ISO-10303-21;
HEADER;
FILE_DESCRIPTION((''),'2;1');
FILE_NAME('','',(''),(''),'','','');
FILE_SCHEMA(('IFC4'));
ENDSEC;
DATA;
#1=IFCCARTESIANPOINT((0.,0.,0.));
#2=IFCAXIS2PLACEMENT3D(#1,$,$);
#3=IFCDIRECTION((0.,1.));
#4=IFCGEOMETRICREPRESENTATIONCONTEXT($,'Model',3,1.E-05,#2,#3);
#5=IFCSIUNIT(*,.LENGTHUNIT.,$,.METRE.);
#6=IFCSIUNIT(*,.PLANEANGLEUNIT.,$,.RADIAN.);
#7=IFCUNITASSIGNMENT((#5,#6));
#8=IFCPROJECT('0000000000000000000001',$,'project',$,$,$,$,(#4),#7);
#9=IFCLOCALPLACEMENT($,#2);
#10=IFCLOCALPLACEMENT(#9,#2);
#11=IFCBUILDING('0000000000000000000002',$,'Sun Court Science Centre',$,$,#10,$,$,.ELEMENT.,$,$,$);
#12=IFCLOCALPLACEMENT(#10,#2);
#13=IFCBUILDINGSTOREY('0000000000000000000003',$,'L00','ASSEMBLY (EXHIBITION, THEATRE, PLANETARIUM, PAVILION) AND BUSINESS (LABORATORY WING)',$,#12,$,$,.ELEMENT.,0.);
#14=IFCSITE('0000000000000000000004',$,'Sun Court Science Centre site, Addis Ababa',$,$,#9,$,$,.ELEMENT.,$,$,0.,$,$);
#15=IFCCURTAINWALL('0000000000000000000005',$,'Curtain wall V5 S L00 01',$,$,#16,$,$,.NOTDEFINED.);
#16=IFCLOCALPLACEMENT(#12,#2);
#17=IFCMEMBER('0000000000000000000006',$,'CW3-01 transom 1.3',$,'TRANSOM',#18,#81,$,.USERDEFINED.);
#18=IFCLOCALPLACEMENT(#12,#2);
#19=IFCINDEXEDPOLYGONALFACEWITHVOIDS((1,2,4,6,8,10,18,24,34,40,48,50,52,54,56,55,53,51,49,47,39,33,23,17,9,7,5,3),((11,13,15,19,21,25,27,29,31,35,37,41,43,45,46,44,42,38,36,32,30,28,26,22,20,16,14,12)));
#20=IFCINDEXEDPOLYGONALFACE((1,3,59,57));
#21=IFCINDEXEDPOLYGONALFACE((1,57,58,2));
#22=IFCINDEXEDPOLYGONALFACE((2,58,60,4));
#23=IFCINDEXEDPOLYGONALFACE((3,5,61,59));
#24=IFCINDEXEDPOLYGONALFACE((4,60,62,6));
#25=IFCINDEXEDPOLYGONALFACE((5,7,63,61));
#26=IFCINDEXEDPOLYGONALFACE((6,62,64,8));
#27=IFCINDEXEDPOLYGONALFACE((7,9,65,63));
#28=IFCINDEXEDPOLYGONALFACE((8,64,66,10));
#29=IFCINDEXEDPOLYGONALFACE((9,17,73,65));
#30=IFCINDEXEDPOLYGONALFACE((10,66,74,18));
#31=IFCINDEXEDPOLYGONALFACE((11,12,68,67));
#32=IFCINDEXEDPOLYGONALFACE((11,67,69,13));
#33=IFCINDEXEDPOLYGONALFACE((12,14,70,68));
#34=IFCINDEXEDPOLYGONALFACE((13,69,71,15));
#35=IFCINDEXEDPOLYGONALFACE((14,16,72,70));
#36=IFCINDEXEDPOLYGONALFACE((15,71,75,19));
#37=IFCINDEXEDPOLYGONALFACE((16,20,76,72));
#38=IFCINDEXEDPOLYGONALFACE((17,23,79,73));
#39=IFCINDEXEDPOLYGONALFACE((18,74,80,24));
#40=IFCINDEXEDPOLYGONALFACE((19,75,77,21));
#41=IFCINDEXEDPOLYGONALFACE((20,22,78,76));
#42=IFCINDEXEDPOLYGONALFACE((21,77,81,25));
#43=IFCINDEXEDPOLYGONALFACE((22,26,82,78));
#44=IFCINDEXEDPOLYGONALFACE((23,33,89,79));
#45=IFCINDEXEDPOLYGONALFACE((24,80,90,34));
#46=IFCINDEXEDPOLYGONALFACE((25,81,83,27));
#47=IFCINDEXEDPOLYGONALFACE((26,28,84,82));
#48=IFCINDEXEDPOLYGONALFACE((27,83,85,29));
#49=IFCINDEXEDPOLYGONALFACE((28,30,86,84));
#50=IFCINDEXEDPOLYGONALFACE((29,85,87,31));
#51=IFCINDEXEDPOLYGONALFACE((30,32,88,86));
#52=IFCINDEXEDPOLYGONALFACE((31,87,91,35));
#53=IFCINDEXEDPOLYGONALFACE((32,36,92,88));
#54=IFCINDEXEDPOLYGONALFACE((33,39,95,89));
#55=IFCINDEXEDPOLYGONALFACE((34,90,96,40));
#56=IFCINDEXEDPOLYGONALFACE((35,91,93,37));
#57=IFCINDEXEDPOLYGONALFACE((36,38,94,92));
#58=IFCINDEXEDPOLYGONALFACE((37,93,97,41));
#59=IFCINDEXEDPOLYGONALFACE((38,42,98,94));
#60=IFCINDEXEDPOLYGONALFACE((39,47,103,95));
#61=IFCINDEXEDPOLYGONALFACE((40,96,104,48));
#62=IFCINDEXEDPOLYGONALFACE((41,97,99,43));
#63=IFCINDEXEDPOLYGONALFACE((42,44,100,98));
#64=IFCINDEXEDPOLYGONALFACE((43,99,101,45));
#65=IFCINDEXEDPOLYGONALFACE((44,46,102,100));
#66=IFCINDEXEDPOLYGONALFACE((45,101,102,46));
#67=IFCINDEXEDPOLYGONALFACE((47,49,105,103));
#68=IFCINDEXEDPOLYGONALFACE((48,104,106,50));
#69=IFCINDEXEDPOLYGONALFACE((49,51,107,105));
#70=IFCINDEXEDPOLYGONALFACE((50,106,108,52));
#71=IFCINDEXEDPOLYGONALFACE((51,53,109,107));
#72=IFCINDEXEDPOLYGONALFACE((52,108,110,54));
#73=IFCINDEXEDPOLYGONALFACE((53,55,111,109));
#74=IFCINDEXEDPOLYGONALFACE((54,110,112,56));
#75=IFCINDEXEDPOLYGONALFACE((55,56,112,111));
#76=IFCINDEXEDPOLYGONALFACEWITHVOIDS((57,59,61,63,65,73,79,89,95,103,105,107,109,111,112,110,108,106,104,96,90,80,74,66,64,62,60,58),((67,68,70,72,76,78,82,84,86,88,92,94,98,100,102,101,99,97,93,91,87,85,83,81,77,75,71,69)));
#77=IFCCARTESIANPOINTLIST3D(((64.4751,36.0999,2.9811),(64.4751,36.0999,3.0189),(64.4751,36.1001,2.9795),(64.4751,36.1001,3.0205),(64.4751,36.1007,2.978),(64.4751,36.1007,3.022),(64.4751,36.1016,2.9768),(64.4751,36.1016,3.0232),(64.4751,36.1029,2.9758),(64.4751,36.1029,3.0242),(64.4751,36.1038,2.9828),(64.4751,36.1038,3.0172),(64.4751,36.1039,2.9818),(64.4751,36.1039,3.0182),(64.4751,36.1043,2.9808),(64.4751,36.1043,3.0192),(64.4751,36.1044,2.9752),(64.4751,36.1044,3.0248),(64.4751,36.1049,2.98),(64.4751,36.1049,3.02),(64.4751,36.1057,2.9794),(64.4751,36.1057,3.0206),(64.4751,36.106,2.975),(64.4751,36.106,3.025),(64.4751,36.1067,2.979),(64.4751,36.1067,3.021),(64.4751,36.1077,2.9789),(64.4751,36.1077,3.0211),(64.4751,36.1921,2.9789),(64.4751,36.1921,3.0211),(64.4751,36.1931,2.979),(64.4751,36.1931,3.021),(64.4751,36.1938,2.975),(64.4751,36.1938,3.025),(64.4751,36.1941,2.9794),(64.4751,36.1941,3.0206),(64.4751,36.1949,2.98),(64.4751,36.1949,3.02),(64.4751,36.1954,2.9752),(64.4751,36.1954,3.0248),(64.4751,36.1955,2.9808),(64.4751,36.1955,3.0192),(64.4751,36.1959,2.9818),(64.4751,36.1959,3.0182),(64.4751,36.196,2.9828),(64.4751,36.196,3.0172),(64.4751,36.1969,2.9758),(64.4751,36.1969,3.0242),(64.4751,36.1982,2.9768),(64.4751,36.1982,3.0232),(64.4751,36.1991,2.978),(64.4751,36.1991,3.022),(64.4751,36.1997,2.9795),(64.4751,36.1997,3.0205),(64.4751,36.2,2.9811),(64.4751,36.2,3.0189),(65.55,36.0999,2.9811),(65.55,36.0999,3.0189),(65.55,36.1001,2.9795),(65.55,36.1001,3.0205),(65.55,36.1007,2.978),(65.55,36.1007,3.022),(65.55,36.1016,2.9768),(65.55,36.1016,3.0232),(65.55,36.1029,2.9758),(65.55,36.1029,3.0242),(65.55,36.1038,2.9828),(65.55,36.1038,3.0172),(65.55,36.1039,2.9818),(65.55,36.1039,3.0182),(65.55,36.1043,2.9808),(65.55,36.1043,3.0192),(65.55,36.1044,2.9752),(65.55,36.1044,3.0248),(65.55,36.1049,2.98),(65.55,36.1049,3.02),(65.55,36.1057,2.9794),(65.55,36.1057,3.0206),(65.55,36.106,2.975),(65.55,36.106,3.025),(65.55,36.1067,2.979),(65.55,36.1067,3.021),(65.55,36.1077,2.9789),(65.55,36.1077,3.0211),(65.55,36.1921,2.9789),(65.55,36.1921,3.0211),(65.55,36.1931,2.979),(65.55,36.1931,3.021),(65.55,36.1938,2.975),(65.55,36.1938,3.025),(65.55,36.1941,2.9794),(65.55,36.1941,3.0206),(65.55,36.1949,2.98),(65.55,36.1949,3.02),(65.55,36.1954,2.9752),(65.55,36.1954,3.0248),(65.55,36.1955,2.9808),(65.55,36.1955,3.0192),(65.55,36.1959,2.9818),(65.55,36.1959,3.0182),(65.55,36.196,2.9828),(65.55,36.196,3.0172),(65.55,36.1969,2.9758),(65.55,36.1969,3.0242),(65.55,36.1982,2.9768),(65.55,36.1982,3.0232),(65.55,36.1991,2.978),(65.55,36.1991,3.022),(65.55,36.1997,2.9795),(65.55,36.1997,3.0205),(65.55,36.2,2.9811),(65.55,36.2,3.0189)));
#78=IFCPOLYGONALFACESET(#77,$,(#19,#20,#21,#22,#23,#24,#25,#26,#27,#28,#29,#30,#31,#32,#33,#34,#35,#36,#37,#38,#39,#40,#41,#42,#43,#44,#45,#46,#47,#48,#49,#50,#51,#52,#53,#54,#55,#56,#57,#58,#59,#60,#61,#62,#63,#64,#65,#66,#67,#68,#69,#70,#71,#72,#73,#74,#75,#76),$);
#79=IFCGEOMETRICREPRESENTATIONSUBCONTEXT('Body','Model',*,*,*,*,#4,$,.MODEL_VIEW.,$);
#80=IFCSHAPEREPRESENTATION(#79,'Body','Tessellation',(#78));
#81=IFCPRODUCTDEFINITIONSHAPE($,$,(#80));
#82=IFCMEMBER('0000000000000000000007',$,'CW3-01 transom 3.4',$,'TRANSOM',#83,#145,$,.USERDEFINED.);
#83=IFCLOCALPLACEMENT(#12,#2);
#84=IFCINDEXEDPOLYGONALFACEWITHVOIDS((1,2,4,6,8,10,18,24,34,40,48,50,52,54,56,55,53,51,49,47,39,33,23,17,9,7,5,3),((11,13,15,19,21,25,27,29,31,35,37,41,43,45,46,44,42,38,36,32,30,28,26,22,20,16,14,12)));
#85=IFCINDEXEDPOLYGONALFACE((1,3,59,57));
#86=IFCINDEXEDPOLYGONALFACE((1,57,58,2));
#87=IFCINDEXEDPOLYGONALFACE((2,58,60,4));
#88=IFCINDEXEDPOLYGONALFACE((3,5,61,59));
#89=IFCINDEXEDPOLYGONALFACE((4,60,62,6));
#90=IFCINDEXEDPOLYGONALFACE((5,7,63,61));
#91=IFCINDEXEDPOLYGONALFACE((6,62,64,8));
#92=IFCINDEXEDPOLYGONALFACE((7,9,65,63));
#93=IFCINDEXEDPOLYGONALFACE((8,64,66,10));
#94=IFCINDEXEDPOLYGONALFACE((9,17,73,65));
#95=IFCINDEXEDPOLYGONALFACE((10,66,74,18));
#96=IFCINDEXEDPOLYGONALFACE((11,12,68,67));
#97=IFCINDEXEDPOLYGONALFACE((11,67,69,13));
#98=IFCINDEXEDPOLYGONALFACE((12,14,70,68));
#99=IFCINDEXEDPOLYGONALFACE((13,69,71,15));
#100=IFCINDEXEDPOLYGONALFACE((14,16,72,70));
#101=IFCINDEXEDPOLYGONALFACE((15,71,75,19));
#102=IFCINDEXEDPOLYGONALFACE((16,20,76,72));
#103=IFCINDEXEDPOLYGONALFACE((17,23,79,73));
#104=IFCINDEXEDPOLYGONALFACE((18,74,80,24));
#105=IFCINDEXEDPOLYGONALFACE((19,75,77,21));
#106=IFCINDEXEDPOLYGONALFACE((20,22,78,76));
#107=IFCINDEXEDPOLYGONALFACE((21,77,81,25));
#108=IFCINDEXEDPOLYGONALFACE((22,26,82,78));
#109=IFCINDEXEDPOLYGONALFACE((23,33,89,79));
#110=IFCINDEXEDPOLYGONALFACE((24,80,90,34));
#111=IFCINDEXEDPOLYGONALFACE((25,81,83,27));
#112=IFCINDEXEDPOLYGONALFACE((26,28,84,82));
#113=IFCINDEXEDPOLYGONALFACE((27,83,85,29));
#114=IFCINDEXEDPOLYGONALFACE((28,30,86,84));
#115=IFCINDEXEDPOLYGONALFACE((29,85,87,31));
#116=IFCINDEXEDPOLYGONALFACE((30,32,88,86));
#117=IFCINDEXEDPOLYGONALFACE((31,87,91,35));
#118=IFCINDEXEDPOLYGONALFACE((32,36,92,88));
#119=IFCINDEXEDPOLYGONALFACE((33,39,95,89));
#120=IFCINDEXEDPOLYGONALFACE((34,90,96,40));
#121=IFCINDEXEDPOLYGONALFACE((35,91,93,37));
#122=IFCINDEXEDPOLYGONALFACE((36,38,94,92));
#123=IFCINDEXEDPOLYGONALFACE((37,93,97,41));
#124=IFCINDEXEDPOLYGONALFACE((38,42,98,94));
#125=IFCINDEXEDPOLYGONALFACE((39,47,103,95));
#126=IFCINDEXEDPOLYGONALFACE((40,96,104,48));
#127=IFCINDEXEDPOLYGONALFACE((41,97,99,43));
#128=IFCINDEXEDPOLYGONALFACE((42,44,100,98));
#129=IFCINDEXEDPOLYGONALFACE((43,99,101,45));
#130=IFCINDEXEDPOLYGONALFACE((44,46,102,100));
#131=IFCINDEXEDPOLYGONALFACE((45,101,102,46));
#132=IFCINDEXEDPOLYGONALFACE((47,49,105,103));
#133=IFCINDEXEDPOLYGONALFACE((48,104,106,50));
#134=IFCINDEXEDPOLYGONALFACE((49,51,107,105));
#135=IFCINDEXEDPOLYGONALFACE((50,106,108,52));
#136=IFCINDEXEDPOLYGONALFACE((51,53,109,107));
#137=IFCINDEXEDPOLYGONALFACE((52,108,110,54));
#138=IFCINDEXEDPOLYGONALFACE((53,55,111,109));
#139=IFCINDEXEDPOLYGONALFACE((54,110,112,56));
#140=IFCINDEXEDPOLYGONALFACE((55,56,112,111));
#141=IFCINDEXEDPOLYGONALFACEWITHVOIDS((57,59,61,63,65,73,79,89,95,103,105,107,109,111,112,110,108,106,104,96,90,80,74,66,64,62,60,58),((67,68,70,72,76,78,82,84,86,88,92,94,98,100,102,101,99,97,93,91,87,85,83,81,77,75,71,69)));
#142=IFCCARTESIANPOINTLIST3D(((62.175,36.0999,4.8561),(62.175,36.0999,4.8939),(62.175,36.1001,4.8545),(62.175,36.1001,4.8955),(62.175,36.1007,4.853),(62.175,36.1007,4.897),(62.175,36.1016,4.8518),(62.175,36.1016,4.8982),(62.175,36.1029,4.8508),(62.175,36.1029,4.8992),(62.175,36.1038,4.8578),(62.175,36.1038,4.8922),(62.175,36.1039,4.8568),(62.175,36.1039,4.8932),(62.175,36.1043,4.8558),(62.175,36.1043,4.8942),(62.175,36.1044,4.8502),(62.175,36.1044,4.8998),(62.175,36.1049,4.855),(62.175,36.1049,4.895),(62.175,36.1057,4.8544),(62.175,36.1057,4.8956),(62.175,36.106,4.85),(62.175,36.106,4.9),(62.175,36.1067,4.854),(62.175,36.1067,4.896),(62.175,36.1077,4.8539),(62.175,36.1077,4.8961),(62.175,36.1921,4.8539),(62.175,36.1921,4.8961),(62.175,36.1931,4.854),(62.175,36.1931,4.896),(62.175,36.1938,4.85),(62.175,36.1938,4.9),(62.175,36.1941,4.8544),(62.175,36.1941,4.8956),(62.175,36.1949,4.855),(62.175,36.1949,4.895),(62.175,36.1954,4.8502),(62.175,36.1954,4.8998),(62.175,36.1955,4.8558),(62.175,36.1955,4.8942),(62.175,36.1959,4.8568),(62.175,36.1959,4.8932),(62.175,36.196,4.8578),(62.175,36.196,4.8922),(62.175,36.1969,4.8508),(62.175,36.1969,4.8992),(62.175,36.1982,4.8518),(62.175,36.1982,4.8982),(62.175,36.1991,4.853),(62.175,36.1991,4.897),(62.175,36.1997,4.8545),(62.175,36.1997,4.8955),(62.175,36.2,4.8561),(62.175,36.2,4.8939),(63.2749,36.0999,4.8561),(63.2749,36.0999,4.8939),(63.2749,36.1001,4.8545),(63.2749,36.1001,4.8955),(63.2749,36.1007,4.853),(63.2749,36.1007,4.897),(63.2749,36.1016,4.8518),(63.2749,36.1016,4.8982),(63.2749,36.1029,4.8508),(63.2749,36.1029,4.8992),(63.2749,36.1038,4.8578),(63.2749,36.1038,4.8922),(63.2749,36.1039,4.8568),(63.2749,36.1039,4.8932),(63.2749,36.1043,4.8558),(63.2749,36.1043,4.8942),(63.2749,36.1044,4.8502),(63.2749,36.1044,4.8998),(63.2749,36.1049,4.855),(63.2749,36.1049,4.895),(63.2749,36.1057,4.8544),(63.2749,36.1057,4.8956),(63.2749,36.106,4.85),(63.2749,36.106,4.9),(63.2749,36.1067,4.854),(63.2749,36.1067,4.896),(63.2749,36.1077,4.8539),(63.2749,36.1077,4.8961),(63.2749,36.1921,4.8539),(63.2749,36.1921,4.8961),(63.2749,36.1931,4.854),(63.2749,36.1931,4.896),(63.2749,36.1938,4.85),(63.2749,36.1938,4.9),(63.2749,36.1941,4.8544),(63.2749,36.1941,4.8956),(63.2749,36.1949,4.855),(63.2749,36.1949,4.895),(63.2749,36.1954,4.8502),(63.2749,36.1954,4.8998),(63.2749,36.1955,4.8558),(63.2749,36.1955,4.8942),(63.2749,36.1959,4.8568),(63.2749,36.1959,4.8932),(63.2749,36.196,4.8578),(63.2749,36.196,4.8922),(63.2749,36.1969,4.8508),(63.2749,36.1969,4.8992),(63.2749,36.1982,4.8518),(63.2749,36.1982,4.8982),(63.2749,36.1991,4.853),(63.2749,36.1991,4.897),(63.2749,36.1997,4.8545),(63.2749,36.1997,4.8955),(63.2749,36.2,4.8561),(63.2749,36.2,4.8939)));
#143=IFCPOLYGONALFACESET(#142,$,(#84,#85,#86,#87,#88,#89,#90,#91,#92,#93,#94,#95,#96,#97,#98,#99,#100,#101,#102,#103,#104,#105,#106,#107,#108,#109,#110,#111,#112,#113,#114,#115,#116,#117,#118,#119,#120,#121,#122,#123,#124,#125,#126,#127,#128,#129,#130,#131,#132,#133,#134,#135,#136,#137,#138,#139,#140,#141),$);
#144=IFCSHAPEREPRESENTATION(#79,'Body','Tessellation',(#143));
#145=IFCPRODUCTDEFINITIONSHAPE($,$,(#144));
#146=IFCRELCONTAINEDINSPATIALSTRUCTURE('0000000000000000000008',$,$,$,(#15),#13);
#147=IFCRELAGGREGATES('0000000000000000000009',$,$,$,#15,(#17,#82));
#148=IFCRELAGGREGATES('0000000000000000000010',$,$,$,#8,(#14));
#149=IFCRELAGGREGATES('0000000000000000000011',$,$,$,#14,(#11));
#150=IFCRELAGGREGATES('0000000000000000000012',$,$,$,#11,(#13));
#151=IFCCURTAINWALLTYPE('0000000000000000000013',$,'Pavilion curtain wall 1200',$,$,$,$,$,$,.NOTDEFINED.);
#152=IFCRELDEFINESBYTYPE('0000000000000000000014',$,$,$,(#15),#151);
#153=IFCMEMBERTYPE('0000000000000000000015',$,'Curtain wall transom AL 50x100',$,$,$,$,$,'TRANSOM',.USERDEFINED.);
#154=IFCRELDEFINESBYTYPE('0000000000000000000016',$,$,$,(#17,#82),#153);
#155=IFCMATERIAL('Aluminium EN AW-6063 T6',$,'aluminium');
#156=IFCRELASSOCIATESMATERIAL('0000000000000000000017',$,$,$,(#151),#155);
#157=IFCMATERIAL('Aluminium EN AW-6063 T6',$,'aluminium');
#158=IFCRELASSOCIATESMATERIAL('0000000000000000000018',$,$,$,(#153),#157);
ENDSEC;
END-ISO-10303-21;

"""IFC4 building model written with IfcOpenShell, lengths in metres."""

from ifc_helpers import new_model, si_unit, direction, frame, origin, origin_2d, place, context, subcontext, project, spatial, hollow_rectangle, extrude, material, material_profile, profile_set, type_object, element, aggregate, save


model = new_model("IFC4")

# Units and contexts
model_context = context("Model", 3, precision=1e-05, world=origin(), true_north=direction((0.0, 1.0)))
body_context = subcontext(model_context, "Body", "Model", "MODEL_VIEW")
ifc_project = project(units=[si_unit("LENGTHUNIT", "METRE"), si_unit("PLANEANGLEUNIT", "RADIAN")], contexts=[model_context])

# Site, building, storey
site_placement = place(None, origin())
site = spatial("IfcSite", under=ifc_project, at=site_placement, Name="Sun Court Science Centre site, Addis Ababa", CompositionType="ELEMENT", RefElevation=0.0)
building_placement = place(site_placement, origin())
building = spatial("IfcBuilding", under=site, at=building_placement, Name="Sun Court Science Centre", CompositionType="ELEMENT")
storey_placement = place(building_placement, origin())
storey = spatial("IfcBuildingStorey", under=building, at=storey_placement, Name="L00", Description="ASSEMBLY (EXHIBITION, THEATRE, PLANETARIUM, PAVILION) AND BUSINESS (LABORATORY WING)", CompositionType="ELEMENT", Elevation=0.0)

# Curtain wall, members
ifc_material_1 = material(Name="Aluminium EN AW-6063 T6", Category="aluminium")
curtain_wall_type = type_object("IfcCurtainWallType", Name="Pavilion curtain wall 1200", PredefinedType="NOTDEFINED", material=ifc_material_1)
curtain_wall_placement = place(storey_placement, origin())
curtain_wall = element("IfcCurtainWall", 1, at=curtain_wall_placement, inside=storey, type_object=curtain_wall_type, Name="Curtain wall V5 S L00 01", PredefinedType="NOTDEFINED")
ifc_material_2 = material(Name="Aluminium EN AW-6063 T6", Category="aluminium")
ifc_material_profile_1 = material_profile(ifc_material_2, hollow_rectangle(XDim=0.05, YDim=0.1001, WallThickness=0.0039, InnerFilletRadius=0.0039, OuterFilletRadius=0.0061, at=origin_2d()), Name="AL 50x100x4")
ifc_profile_set_1 = profile_set([ifc_material_profile_1], Name="Aluminium EN AW-6063 T6")
member_type_1 = type_object("IfcMemberType", Name="Curtain wall transom AL 50x100", ElementType="TRANSOM", PredefinedType="USERDEFINED", material=ifc_profile_set_1)
member_1_placement = place(storey_placement, frame((65.55, 36.1499, 3.0), z_axis=(-1.0, 0.0, 0.0), x_axis=(0.0, 0.0, 1.0)))
member_1 = element("IfcMember", 2, at=member_1_placement, type_object=member_type_1, Name="CW3-01 transom 1.3", ObjectType="TRANSOM", PredefinedType="USERDEFINED", context=body_context, shape_type="SweptSolid", body=[
    extrude(hollow_rectangle(XDim=0.05, YDim=0.1001, WallThickness=0.0039, InnerFilletRadius=0.0039, OuterFilletRadius=0.0061, at=origin_2d()), origin(), (0.0, 0.0, 1.0), 1.075),
])
member_2_placement = place(storey_placement, frame((63.2749, 36.1499, 4.875), z_axis=(-1.0, 0.0, 0.0), x_axis=(0.0, 0.0, 1.0)))
member_2 = element("IfcMember", 3, at=member_2_placement, type_object=member_type_1, Name="CW3-01 transom 3.4", ObjectType="TRANSOM", PredefinedType="USERDEFINED", context=body_context, shape_type="SweptSolid", body=[
    extrude(hollow_rectangle(XDim=0.05, YDim=0.1001, WallThickness=0.0039, InnerFilletRadius=0.0039, OuterFilletRadius=0.0061, at=origin_2d()), origin(), (0.0, 0.0, 1.0), 1.0999),
])
aggregate(curtain_wall, [member_1, member_2])

save(model, "model.ifc")
